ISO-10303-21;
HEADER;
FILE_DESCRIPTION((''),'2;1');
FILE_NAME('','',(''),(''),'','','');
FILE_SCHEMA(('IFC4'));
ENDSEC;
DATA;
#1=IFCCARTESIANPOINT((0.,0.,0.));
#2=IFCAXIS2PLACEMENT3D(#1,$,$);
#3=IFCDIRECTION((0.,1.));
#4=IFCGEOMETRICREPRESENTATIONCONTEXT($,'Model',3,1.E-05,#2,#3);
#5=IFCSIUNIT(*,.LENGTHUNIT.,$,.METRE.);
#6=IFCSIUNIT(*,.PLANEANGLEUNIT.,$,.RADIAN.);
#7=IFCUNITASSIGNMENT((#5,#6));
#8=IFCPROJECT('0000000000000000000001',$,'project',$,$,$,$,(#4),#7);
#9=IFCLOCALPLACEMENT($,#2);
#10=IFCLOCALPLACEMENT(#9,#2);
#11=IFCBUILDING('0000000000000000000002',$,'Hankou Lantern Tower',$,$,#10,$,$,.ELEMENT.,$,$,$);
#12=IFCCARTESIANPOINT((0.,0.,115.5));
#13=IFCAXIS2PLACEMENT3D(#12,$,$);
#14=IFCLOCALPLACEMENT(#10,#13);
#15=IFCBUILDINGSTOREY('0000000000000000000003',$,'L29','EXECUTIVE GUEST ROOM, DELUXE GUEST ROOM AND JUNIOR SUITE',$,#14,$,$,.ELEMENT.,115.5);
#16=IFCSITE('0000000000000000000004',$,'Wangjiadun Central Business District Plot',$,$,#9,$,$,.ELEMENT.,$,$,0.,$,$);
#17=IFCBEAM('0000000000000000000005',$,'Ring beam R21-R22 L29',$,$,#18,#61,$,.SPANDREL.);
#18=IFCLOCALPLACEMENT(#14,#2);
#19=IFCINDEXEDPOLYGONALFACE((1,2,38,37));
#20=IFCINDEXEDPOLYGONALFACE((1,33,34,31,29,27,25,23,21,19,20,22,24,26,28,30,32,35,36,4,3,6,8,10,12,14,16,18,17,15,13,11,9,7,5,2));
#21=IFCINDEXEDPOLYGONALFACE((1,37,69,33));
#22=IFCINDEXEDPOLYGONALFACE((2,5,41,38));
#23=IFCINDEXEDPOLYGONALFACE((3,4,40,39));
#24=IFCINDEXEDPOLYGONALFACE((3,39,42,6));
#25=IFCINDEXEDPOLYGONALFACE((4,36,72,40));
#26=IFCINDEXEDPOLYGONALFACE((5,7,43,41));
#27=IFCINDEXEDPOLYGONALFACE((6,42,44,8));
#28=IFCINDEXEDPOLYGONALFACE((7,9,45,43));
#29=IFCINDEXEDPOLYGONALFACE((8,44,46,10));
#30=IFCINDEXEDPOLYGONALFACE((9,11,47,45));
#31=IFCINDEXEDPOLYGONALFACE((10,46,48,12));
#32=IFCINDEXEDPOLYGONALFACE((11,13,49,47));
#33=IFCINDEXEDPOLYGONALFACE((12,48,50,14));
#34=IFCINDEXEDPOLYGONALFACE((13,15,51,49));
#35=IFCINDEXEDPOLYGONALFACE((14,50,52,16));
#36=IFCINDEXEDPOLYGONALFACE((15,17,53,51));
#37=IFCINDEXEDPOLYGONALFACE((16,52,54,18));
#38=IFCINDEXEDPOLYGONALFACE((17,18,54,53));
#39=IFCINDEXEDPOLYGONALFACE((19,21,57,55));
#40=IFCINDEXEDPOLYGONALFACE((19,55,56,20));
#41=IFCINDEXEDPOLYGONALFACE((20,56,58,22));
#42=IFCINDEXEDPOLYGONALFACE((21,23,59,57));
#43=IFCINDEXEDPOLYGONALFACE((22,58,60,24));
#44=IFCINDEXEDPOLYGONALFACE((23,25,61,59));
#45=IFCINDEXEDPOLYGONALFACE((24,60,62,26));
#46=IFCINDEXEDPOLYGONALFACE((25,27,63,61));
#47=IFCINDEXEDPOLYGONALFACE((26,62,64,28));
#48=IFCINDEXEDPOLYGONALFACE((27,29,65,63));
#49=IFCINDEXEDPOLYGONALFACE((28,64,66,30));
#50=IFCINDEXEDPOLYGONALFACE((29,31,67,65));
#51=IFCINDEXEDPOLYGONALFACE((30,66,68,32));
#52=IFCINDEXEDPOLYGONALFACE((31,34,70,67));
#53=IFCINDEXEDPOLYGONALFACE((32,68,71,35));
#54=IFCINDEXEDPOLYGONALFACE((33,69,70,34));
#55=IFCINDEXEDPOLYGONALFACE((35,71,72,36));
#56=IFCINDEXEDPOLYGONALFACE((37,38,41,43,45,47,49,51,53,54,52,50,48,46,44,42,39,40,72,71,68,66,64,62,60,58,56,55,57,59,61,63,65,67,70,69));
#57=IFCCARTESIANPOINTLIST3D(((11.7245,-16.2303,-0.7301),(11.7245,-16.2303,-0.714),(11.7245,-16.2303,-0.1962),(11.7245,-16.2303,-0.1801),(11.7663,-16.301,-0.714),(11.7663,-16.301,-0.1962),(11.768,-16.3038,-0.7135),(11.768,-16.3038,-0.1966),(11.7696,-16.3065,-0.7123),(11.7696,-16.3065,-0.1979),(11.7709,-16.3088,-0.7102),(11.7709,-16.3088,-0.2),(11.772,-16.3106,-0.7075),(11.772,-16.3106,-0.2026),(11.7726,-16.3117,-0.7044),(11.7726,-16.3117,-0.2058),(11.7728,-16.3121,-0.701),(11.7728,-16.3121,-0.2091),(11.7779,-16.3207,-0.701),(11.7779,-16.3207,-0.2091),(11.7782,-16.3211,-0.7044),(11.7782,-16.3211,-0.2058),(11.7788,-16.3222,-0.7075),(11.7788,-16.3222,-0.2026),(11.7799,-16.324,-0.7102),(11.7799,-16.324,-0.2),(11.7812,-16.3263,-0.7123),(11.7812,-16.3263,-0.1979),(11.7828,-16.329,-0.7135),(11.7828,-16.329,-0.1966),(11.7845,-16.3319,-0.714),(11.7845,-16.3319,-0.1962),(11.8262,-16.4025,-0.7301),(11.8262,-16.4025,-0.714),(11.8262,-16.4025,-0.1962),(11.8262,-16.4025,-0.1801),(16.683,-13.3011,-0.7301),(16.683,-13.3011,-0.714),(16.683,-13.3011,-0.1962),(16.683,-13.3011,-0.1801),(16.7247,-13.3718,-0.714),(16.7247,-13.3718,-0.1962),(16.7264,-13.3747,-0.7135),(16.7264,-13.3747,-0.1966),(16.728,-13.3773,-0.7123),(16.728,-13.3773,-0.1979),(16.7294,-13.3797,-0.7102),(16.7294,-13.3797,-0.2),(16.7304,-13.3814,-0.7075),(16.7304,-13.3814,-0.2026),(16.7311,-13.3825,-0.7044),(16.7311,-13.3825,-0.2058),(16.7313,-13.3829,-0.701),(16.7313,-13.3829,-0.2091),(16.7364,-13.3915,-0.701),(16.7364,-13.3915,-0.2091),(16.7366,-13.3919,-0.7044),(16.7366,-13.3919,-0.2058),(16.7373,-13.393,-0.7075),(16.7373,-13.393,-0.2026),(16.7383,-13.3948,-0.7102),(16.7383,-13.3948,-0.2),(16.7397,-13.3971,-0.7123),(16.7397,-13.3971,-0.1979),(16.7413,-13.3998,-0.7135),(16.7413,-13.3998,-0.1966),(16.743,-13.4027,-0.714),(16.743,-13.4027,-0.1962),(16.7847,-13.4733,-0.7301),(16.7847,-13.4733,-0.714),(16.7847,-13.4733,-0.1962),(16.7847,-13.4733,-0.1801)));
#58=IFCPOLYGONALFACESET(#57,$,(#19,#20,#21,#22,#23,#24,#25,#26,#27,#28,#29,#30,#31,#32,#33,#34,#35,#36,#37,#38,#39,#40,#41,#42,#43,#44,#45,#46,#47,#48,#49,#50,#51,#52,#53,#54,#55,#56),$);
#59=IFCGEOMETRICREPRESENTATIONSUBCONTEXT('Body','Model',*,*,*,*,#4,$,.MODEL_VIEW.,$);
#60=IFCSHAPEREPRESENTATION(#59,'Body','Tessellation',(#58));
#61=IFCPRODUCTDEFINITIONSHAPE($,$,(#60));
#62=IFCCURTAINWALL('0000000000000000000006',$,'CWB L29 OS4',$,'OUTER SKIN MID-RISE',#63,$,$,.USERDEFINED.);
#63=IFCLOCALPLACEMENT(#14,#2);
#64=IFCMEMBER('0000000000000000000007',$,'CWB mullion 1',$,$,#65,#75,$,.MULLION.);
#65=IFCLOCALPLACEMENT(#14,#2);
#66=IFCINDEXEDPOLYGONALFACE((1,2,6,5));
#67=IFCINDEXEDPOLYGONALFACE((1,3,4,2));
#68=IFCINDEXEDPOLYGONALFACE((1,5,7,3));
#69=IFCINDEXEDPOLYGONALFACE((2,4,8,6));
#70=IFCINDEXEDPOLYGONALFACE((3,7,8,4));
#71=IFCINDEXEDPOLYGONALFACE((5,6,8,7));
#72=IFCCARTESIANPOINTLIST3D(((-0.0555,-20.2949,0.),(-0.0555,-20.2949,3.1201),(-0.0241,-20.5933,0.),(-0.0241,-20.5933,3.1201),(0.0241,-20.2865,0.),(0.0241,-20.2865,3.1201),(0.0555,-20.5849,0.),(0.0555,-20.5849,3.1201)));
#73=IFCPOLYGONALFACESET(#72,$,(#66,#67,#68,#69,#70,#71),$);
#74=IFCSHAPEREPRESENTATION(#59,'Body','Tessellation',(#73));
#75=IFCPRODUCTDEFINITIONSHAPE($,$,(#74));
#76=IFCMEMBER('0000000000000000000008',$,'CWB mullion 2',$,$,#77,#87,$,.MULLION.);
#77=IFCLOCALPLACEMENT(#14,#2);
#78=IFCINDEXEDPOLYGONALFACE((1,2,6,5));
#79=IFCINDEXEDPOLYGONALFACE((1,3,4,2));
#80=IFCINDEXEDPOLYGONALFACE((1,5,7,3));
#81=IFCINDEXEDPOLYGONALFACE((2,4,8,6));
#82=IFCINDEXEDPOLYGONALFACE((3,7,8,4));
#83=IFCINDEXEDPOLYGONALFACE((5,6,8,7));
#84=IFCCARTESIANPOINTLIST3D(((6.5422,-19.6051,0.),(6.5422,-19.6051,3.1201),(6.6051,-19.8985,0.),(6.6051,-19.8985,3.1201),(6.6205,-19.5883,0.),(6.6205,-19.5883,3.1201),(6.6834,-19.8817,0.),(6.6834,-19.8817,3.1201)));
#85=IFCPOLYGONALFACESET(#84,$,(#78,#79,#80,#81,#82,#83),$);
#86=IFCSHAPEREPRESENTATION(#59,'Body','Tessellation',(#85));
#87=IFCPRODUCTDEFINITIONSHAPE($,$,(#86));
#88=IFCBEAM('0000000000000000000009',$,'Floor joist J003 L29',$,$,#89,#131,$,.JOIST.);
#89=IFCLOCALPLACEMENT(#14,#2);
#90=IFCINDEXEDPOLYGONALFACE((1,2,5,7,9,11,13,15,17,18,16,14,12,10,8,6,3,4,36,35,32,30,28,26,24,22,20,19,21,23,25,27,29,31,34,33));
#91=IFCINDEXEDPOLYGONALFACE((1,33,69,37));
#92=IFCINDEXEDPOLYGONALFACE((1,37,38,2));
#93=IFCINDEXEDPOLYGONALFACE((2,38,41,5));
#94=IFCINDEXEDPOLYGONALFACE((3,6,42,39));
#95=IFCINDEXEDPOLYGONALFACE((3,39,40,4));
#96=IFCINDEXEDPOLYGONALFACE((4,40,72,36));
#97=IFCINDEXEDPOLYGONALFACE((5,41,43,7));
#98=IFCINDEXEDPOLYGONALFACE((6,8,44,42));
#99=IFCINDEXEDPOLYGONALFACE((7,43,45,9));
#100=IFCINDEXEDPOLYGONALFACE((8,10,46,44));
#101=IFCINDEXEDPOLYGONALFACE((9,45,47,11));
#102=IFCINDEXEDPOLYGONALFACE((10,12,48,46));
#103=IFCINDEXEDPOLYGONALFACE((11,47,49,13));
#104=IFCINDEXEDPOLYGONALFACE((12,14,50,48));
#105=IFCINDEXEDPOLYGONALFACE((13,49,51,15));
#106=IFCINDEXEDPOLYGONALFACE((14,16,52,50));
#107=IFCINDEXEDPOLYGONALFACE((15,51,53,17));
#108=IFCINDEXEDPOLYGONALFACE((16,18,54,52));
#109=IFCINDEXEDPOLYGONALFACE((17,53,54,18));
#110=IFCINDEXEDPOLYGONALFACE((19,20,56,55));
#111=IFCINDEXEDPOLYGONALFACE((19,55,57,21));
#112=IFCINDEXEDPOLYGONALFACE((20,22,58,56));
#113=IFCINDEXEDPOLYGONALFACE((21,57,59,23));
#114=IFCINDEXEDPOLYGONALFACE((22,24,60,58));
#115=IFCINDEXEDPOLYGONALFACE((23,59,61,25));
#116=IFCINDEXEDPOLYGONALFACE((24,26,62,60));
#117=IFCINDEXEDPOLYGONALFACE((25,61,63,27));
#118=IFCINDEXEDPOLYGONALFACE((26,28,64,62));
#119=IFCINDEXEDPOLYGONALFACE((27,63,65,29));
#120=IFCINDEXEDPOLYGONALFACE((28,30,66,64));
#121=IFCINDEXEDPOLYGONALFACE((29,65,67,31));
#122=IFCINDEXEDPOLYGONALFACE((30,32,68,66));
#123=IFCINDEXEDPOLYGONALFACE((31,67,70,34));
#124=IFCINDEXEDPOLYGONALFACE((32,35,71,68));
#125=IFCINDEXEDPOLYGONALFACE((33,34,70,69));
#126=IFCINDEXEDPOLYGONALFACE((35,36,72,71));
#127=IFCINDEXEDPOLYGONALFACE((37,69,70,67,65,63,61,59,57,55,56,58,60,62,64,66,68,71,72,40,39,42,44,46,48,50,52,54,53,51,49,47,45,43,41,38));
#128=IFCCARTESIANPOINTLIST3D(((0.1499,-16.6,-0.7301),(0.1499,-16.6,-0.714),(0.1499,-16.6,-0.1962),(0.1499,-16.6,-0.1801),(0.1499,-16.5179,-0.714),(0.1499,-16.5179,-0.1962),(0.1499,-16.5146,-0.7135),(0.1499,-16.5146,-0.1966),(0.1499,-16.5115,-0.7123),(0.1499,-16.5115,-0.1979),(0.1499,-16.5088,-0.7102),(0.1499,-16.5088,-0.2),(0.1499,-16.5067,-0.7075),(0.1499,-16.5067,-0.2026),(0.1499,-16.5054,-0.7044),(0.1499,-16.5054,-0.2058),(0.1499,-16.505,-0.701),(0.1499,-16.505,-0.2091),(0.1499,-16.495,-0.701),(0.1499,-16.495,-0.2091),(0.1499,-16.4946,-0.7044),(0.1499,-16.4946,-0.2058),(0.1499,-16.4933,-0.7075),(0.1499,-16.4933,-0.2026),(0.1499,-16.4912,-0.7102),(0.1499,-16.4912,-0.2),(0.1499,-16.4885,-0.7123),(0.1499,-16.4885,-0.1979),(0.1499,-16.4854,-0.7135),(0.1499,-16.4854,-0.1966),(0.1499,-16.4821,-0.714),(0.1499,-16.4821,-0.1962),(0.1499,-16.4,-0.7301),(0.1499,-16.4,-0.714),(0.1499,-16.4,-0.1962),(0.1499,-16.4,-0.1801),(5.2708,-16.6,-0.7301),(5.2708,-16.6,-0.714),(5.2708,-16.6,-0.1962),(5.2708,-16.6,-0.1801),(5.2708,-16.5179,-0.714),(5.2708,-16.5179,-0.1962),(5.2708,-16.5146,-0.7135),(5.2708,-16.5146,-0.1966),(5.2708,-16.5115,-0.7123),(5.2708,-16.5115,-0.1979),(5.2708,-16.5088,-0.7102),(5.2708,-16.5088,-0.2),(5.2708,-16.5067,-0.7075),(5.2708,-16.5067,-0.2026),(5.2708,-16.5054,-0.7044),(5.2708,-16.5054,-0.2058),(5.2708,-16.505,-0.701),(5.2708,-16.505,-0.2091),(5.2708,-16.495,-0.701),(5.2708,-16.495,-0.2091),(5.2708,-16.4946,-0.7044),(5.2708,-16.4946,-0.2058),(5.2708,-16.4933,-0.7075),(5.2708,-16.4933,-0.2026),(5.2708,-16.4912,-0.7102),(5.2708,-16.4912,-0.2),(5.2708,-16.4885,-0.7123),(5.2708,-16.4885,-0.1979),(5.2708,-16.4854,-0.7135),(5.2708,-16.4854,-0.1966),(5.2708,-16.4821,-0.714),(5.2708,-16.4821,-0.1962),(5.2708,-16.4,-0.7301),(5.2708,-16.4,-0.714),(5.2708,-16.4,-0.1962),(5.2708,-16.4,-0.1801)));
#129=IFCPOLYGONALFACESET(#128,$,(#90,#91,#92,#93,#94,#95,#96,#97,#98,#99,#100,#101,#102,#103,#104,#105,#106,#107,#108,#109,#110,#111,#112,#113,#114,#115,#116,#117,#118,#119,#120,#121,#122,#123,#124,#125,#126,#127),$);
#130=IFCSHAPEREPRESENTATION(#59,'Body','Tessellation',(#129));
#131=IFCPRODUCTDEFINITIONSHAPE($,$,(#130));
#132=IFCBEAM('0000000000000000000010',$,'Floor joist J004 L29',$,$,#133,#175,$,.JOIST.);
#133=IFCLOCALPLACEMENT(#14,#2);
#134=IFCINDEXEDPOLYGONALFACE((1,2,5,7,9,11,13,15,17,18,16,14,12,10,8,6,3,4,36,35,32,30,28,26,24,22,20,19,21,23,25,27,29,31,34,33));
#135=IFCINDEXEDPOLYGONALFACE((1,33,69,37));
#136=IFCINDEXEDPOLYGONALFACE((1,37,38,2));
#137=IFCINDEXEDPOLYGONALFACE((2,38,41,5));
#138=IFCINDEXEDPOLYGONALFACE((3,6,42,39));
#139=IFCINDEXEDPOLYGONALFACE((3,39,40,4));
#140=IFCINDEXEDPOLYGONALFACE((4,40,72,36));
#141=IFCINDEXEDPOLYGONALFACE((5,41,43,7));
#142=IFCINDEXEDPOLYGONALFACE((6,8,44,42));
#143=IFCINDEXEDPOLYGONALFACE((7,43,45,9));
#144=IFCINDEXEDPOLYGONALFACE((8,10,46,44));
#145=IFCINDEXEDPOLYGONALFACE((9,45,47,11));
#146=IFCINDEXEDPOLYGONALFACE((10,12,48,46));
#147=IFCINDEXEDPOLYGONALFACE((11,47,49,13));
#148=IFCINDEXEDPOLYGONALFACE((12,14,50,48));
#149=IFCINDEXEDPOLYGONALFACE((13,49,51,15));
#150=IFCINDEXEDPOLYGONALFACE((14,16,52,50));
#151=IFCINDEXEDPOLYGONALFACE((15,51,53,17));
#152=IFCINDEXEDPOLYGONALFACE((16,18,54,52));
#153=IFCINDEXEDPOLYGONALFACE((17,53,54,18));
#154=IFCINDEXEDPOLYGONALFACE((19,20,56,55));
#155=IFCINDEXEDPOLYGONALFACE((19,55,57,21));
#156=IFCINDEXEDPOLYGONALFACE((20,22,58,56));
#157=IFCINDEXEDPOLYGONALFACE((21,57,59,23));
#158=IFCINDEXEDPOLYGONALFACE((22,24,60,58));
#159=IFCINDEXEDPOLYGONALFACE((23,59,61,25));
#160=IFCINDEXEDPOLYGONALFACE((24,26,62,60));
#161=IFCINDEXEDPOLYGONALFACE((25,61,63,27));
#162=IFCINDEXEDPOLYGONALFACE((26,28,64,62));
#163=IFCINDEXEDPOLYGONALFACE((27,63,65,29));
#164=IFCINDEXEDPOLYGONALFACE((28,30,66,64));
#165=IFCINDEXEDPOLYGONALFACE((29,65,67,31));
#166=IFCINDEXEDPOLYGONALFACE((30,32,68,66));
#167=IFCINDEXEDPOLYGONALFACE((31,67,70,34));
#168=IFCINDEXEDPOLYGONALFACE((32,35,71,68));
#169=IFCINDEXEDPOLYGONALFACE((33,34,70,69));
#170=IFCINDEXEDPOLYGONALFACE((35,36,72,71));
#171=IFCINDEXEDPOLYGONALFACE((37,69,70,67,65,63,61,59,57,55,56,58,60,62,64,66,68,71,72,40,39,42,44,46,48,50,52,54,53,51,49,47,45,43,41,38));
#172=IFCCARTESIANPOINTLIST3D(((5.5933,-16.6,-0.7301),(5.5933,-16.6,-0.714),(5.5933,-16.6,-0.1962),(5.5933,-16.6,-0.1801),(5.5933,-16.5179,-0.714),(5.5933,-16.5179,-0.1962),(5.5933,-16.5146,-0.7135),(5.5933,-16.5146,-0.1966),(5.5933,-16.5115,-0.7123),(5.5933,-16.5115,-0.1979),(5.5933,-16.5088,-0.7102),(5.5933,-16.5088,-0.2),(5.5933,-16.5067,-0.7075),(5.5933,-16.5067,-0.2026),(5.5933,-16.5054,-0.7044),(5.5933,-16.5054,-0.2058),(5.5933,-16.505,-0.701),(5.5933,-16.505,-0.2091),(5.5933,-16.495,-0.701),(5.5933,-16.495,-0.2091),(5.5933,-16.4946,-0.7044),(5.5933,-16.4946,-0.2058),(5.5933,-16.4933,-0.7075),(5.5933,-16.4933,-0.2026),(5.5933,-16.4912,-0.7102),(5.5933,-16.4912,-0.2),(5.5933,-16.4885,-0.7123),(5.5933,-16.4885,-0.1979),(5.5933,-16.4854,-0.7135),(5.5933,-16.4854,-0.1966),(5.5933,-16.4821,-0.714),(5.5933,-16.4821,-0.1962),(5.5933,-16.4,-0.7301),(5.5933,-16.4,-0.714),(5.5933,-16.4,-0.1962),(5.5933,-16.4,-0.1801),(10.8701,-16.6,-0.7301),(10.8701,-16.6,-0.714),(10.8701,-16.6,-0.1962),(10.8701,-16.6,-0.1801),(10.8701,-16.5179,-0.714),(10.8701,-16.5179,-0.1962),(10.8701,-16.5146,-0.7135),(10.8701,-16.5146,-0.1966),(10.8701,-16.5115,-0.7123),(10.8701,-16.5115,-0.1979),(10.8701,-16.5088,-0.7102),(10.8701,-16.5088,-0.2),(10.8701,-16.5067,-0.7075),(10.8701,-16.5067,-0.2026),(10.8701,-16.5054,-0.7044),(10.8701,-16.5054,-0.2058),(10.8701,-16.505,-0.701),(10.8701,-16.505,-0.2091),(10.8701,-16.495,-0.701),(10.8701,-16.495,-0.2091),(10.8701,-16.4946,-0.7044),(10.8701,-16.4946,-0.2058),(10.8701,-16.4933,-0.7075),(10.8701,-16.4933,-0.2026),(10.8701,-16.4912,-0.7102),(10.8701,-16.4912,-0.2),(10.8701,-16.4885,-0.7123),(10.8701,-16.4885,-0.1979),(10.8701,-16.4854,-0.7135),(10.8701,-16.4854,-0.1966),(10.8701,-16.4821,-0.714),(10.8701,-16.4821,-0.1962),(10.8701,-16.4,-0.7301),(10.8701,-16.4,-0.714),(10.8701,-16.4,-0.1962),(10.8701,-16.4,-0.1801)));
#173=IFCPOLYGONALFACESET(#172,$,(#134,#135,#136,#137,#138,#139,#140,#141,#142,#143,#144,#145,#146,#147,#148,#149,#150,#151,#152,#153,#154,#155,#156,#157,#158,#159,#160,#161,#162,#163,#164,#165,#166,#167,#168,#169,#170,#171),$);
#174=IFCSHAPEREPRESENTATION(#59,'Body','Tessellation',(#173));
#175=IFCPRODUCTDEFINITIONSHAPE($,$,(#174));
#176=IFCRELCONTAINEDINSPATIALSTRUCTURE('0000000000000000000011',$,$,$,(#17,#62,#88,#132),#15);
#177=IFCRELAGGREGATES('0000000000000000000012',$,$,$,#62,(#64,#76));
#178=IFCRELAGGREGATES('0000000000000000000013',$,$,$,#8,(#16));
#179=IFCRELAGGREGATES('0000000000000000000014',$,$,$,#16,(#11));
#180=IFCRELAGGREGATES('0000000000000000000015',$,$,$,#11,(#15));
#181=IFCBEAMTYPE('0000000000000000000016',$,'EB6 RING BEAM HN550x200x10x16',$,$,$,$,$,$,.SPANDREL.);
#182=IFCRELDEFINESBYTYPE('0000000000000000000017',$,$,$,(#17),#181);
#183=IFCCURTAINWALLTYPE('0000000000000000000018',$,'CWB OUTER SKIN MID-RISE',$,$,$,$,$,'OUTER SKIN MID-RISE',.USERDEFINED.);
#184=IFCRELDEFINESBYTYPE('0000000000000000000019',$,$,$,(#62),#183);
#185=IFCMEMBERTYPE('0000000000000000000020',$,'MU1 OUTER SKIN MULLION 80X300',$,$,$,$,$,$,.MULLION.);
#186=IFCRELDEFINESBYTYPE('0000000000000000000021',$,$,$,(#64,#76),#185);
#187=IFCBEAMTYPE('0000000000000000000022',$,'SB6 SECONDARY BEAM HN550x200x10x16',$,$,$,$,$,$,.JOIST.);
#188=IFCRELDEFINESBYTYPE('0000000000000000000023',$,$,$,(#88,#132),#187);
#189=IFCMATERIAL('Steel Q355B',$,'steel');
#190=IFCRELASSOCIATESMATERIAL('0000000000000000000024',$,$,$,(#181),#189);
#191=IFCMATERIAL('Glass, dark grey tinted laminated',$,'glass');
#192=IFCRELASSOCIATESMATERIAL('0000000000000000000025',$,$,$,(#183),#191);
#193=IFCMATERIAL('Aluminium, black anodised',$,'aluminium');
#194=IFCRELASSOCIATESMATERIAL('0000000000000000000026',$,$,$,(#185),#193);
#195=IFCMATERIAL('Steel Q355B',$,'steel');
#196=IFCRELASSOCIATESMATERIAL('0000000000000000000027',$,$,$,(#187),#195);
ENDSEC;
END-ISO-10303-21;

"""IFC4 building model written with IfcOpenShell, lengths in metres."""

from ifc_helpers import new_model, si_unit, direction, frame, origin, origin_2d, place, context, subcontext, project, spatial, rectangle, i_section, extrude, material, material_profile, profile_set, type_object, element, aggregate, save


model = new_model("IFC4")

# Units and contexts
model_context = context("Model", 3, precision=1e-05, world=origin(), true_north=direction((0.0, 1.0)))
body_context = subcontext(model_context, "Body", "Model", "MODEL_VIEW")
ifc_project = project(units=[si_unit("LENGTHUNIT", "METRE"), si_unit("PLANEANGLEUNIT", "RADIAN")], contexts=[model_context])

# Site, building, storey
site_placement = place(None, origin())
site = spatial("IfcSite", under=ifc_project, at=site_placement, Name="Wangjiadun Central Business District Plot", CompositionType="ELEMENT", RefElevation=0.0)
building_placement = place(site_placement, origin())
building = spatial("IfcBuilding", under=site, at=building_placement, Name="Hankou Lantern Tower", CompositionType="ELEMENT")
storey_placement = place(building_placement, frame((0.0, 0.0, 115.5)))
storey = spatial("IfcBuildingStorey", under=building, at=storey_placement, Name="L29", Description="EXECUTIVE GUEST ROOM, DELUXE GUEST ROOM AND JUNIOR SUITE", CompositionType="ELEMENT", Elevation=115.5)

# Beam
ifc_material_1 = material(Name="Steel Q355B", Category="steel")
ifc_material_profile_1 = material_profile(ifc_material_1, i_section(OverallWidth=0.2, OverallDepth=0.55, WebThickness=0.01, FlangeThickness=0.0161, FilletRadius=0.0129, at=origin_2d()), Name="HN550x200x10x16")
ifc_profile_set_1 = profile_set([ifc_material_profile_1], Name="Steel Q355B")
beam_type_1 = type_object("IfcBeamType", Name="EB6 RING BEAM HN550x200x10x16", PredefinedType="SPANDREL", material=ifc_profile_set_1)
beam_1_placement = place(storey_placement, frame((11.7754, -16.3164, -0.4551), z_axis=(0.860989, 0.508624, 0.0), x_axis=(-0.508624, 0.860989, 0.0)))
element("IfcBeam", 1, at=beam_1_placement, inside=storey, type_object=beam_type_1, Name="Ring beam R21-R22 L29", PredefinedType="SPANDREL", context=body_context, shape_type="SweptSolid", body=[
    extrude(i_section(OverallWidth=0.2, OverallDepth=0.55, WebThickness=0.01, FlangeThickness=0.0161, FilletRadius=0.0129, at=origin_2d()), origin(), (0.0, 0.0, 1.0), 5.759),
])

# Curtain wall, members
ifc_material_2 = material(Name="Glass, dark grey tinted laminated", Category="glass")
curtain_wall_type = type_object("IfcCurtainWallType", Name="CWB OUTER SKIN MID-RISE", ElementType="OUTER SKIN MID-RISE", PredefinedType="USERDEFINED", material=ifc_material_2)
curtain_wall_placement = place(storey_placement, origin())
curtain_wall = element("IfcCurtainWall", 2, at=curtain_wall_placement, inside=storey, type_object=curtain_wall_type, Name="CWB L29 OS4", ObjectType="OUTER SKIN MID-RISE", PredefinedType="USERDEFINED")
ifc_material_3 = material(Name="Aluminium, black anodised", Category="aluminium")
ifc_material_profile_2 = material_profile(ifc_material_3, rectangle(XDim=0.0801, YDim=0.3, at=origin_2d()), Name="MU1 80X300")
ifc_profile_set_2 = profile_set([ifc_material_profile_2], Name="Aluminium, black anodised")
member_type_1 = type_object("IfcMemberType", Name="MU1 OUTER SKIN MULLION 80X300", PredefinedType="MULLION", material=ifc_profile_set_2)
member_1_placement = place(storey_placement, frame((0.0, -20.4399, 0.0), z_axis=(0.0, 0.0, 1.0), x_axis=(0.994499, 0.104743, 0.0)))
member_1 = element("IfcMember", 3, at=member_1_placement, type_object=member_type_1, Name="CWB mullion 1", PredefinedType="MULLION", context=body_context, shape_type="SweptSolid", body=[
    extrude(rectangle(XDim=0.0801, YDim=0.3, at=origin_2d()), origin(), (0.0, 0.0, 1.0), 3.1201),
])
member_2_placement = place(storey_placement, frame((6.6128, -19.7434, 0.0), z_axis=(0.0, 0.0, 1.0), x_axis=(0.977788, 0.209598, 0.0)))
member_2 = element("IfcMember", 4, at=member_2_placement, type_object=member_type_1, Name="CWB mullion 2", PredefinedType="MULLION", context=body_context, shape_type="SweptSolid", body=[
    extrude(rectangle(XDim=0.0801, YDim=0.3, at=origin_2d()), origin(), (0.0, 0.0, 1.0), 3.1201),
])

# Beams
ifc_material_4 = material(Name="Steel Q355B", Category="steel")
ifc_material_profile_3 = material_profile(ifc_material_4, i_section(OverallWidth=0.2, OverallDepth=0.55, WebThickness=0.01, FlangeThickness=0.0161, FilletRadius=0.0129, at=origin_2d()), Name="HN550x200x10x16")
ifc_profile_set_3 = profile_set([ifc_material_profile_3], Name="Steel Q355B")
beam_type_2 = type_object("IfcBeamType", Name="SB6 SECONDARY BEAM HN550x200x10x16", PredefinedType="JOIST", material=ifc_profile_set_3)
beam_2_placement = place(storey_placement, frame((0.1499, -16.5, -0.4551), z_axis=(1.0, 0.0, 0.0), x_axis=(0.0, 1.0, 0.0)))
element("IfcBeam", 5, at=beam_2_placement, inside=storey, type_object=beam_type_2, Name="Floor joist J003 L29", PredefinedType="JOIST", context=body_context, shape_type="SweptSolid", body=[
    extrude(i_section(OverallWidth=0.2, OverallDepth=0.55, WebThickness=0.01, FlangeThickness=0.0161, FilletRadius=0.0129, at=origin_2d()), origin(), (0.0, 0.0, 1.0), 5.1208),
])
beam_3_placement = place(storey_placement, frame((5.5933, -16.5, -0.4551), z_axis=(1.0, 0.0, 0.0), x_axis=(0.0, 1.0, 0.0)))
element("IfcBeam", 6, at=beam_3_placement, inside=storey, type_object=beam_type_2, Name="Floor joist J004 L29", PredefinedType="JOIST", context=body_context, shape_type="SweptSolid", body=[
    extrude(i_section(OverallWidth=0.2, OverallDepth=0.55, WebThickness=0.01, FlangeThickness=0.0161, FilletRadius=0.0129, at=origin_2d()), origin(), (0.0, 0.0, 1.0), 5.2769),
])

aggregate(curtain_wall, [member_1, member_2])

save(model, "model.ifc")
